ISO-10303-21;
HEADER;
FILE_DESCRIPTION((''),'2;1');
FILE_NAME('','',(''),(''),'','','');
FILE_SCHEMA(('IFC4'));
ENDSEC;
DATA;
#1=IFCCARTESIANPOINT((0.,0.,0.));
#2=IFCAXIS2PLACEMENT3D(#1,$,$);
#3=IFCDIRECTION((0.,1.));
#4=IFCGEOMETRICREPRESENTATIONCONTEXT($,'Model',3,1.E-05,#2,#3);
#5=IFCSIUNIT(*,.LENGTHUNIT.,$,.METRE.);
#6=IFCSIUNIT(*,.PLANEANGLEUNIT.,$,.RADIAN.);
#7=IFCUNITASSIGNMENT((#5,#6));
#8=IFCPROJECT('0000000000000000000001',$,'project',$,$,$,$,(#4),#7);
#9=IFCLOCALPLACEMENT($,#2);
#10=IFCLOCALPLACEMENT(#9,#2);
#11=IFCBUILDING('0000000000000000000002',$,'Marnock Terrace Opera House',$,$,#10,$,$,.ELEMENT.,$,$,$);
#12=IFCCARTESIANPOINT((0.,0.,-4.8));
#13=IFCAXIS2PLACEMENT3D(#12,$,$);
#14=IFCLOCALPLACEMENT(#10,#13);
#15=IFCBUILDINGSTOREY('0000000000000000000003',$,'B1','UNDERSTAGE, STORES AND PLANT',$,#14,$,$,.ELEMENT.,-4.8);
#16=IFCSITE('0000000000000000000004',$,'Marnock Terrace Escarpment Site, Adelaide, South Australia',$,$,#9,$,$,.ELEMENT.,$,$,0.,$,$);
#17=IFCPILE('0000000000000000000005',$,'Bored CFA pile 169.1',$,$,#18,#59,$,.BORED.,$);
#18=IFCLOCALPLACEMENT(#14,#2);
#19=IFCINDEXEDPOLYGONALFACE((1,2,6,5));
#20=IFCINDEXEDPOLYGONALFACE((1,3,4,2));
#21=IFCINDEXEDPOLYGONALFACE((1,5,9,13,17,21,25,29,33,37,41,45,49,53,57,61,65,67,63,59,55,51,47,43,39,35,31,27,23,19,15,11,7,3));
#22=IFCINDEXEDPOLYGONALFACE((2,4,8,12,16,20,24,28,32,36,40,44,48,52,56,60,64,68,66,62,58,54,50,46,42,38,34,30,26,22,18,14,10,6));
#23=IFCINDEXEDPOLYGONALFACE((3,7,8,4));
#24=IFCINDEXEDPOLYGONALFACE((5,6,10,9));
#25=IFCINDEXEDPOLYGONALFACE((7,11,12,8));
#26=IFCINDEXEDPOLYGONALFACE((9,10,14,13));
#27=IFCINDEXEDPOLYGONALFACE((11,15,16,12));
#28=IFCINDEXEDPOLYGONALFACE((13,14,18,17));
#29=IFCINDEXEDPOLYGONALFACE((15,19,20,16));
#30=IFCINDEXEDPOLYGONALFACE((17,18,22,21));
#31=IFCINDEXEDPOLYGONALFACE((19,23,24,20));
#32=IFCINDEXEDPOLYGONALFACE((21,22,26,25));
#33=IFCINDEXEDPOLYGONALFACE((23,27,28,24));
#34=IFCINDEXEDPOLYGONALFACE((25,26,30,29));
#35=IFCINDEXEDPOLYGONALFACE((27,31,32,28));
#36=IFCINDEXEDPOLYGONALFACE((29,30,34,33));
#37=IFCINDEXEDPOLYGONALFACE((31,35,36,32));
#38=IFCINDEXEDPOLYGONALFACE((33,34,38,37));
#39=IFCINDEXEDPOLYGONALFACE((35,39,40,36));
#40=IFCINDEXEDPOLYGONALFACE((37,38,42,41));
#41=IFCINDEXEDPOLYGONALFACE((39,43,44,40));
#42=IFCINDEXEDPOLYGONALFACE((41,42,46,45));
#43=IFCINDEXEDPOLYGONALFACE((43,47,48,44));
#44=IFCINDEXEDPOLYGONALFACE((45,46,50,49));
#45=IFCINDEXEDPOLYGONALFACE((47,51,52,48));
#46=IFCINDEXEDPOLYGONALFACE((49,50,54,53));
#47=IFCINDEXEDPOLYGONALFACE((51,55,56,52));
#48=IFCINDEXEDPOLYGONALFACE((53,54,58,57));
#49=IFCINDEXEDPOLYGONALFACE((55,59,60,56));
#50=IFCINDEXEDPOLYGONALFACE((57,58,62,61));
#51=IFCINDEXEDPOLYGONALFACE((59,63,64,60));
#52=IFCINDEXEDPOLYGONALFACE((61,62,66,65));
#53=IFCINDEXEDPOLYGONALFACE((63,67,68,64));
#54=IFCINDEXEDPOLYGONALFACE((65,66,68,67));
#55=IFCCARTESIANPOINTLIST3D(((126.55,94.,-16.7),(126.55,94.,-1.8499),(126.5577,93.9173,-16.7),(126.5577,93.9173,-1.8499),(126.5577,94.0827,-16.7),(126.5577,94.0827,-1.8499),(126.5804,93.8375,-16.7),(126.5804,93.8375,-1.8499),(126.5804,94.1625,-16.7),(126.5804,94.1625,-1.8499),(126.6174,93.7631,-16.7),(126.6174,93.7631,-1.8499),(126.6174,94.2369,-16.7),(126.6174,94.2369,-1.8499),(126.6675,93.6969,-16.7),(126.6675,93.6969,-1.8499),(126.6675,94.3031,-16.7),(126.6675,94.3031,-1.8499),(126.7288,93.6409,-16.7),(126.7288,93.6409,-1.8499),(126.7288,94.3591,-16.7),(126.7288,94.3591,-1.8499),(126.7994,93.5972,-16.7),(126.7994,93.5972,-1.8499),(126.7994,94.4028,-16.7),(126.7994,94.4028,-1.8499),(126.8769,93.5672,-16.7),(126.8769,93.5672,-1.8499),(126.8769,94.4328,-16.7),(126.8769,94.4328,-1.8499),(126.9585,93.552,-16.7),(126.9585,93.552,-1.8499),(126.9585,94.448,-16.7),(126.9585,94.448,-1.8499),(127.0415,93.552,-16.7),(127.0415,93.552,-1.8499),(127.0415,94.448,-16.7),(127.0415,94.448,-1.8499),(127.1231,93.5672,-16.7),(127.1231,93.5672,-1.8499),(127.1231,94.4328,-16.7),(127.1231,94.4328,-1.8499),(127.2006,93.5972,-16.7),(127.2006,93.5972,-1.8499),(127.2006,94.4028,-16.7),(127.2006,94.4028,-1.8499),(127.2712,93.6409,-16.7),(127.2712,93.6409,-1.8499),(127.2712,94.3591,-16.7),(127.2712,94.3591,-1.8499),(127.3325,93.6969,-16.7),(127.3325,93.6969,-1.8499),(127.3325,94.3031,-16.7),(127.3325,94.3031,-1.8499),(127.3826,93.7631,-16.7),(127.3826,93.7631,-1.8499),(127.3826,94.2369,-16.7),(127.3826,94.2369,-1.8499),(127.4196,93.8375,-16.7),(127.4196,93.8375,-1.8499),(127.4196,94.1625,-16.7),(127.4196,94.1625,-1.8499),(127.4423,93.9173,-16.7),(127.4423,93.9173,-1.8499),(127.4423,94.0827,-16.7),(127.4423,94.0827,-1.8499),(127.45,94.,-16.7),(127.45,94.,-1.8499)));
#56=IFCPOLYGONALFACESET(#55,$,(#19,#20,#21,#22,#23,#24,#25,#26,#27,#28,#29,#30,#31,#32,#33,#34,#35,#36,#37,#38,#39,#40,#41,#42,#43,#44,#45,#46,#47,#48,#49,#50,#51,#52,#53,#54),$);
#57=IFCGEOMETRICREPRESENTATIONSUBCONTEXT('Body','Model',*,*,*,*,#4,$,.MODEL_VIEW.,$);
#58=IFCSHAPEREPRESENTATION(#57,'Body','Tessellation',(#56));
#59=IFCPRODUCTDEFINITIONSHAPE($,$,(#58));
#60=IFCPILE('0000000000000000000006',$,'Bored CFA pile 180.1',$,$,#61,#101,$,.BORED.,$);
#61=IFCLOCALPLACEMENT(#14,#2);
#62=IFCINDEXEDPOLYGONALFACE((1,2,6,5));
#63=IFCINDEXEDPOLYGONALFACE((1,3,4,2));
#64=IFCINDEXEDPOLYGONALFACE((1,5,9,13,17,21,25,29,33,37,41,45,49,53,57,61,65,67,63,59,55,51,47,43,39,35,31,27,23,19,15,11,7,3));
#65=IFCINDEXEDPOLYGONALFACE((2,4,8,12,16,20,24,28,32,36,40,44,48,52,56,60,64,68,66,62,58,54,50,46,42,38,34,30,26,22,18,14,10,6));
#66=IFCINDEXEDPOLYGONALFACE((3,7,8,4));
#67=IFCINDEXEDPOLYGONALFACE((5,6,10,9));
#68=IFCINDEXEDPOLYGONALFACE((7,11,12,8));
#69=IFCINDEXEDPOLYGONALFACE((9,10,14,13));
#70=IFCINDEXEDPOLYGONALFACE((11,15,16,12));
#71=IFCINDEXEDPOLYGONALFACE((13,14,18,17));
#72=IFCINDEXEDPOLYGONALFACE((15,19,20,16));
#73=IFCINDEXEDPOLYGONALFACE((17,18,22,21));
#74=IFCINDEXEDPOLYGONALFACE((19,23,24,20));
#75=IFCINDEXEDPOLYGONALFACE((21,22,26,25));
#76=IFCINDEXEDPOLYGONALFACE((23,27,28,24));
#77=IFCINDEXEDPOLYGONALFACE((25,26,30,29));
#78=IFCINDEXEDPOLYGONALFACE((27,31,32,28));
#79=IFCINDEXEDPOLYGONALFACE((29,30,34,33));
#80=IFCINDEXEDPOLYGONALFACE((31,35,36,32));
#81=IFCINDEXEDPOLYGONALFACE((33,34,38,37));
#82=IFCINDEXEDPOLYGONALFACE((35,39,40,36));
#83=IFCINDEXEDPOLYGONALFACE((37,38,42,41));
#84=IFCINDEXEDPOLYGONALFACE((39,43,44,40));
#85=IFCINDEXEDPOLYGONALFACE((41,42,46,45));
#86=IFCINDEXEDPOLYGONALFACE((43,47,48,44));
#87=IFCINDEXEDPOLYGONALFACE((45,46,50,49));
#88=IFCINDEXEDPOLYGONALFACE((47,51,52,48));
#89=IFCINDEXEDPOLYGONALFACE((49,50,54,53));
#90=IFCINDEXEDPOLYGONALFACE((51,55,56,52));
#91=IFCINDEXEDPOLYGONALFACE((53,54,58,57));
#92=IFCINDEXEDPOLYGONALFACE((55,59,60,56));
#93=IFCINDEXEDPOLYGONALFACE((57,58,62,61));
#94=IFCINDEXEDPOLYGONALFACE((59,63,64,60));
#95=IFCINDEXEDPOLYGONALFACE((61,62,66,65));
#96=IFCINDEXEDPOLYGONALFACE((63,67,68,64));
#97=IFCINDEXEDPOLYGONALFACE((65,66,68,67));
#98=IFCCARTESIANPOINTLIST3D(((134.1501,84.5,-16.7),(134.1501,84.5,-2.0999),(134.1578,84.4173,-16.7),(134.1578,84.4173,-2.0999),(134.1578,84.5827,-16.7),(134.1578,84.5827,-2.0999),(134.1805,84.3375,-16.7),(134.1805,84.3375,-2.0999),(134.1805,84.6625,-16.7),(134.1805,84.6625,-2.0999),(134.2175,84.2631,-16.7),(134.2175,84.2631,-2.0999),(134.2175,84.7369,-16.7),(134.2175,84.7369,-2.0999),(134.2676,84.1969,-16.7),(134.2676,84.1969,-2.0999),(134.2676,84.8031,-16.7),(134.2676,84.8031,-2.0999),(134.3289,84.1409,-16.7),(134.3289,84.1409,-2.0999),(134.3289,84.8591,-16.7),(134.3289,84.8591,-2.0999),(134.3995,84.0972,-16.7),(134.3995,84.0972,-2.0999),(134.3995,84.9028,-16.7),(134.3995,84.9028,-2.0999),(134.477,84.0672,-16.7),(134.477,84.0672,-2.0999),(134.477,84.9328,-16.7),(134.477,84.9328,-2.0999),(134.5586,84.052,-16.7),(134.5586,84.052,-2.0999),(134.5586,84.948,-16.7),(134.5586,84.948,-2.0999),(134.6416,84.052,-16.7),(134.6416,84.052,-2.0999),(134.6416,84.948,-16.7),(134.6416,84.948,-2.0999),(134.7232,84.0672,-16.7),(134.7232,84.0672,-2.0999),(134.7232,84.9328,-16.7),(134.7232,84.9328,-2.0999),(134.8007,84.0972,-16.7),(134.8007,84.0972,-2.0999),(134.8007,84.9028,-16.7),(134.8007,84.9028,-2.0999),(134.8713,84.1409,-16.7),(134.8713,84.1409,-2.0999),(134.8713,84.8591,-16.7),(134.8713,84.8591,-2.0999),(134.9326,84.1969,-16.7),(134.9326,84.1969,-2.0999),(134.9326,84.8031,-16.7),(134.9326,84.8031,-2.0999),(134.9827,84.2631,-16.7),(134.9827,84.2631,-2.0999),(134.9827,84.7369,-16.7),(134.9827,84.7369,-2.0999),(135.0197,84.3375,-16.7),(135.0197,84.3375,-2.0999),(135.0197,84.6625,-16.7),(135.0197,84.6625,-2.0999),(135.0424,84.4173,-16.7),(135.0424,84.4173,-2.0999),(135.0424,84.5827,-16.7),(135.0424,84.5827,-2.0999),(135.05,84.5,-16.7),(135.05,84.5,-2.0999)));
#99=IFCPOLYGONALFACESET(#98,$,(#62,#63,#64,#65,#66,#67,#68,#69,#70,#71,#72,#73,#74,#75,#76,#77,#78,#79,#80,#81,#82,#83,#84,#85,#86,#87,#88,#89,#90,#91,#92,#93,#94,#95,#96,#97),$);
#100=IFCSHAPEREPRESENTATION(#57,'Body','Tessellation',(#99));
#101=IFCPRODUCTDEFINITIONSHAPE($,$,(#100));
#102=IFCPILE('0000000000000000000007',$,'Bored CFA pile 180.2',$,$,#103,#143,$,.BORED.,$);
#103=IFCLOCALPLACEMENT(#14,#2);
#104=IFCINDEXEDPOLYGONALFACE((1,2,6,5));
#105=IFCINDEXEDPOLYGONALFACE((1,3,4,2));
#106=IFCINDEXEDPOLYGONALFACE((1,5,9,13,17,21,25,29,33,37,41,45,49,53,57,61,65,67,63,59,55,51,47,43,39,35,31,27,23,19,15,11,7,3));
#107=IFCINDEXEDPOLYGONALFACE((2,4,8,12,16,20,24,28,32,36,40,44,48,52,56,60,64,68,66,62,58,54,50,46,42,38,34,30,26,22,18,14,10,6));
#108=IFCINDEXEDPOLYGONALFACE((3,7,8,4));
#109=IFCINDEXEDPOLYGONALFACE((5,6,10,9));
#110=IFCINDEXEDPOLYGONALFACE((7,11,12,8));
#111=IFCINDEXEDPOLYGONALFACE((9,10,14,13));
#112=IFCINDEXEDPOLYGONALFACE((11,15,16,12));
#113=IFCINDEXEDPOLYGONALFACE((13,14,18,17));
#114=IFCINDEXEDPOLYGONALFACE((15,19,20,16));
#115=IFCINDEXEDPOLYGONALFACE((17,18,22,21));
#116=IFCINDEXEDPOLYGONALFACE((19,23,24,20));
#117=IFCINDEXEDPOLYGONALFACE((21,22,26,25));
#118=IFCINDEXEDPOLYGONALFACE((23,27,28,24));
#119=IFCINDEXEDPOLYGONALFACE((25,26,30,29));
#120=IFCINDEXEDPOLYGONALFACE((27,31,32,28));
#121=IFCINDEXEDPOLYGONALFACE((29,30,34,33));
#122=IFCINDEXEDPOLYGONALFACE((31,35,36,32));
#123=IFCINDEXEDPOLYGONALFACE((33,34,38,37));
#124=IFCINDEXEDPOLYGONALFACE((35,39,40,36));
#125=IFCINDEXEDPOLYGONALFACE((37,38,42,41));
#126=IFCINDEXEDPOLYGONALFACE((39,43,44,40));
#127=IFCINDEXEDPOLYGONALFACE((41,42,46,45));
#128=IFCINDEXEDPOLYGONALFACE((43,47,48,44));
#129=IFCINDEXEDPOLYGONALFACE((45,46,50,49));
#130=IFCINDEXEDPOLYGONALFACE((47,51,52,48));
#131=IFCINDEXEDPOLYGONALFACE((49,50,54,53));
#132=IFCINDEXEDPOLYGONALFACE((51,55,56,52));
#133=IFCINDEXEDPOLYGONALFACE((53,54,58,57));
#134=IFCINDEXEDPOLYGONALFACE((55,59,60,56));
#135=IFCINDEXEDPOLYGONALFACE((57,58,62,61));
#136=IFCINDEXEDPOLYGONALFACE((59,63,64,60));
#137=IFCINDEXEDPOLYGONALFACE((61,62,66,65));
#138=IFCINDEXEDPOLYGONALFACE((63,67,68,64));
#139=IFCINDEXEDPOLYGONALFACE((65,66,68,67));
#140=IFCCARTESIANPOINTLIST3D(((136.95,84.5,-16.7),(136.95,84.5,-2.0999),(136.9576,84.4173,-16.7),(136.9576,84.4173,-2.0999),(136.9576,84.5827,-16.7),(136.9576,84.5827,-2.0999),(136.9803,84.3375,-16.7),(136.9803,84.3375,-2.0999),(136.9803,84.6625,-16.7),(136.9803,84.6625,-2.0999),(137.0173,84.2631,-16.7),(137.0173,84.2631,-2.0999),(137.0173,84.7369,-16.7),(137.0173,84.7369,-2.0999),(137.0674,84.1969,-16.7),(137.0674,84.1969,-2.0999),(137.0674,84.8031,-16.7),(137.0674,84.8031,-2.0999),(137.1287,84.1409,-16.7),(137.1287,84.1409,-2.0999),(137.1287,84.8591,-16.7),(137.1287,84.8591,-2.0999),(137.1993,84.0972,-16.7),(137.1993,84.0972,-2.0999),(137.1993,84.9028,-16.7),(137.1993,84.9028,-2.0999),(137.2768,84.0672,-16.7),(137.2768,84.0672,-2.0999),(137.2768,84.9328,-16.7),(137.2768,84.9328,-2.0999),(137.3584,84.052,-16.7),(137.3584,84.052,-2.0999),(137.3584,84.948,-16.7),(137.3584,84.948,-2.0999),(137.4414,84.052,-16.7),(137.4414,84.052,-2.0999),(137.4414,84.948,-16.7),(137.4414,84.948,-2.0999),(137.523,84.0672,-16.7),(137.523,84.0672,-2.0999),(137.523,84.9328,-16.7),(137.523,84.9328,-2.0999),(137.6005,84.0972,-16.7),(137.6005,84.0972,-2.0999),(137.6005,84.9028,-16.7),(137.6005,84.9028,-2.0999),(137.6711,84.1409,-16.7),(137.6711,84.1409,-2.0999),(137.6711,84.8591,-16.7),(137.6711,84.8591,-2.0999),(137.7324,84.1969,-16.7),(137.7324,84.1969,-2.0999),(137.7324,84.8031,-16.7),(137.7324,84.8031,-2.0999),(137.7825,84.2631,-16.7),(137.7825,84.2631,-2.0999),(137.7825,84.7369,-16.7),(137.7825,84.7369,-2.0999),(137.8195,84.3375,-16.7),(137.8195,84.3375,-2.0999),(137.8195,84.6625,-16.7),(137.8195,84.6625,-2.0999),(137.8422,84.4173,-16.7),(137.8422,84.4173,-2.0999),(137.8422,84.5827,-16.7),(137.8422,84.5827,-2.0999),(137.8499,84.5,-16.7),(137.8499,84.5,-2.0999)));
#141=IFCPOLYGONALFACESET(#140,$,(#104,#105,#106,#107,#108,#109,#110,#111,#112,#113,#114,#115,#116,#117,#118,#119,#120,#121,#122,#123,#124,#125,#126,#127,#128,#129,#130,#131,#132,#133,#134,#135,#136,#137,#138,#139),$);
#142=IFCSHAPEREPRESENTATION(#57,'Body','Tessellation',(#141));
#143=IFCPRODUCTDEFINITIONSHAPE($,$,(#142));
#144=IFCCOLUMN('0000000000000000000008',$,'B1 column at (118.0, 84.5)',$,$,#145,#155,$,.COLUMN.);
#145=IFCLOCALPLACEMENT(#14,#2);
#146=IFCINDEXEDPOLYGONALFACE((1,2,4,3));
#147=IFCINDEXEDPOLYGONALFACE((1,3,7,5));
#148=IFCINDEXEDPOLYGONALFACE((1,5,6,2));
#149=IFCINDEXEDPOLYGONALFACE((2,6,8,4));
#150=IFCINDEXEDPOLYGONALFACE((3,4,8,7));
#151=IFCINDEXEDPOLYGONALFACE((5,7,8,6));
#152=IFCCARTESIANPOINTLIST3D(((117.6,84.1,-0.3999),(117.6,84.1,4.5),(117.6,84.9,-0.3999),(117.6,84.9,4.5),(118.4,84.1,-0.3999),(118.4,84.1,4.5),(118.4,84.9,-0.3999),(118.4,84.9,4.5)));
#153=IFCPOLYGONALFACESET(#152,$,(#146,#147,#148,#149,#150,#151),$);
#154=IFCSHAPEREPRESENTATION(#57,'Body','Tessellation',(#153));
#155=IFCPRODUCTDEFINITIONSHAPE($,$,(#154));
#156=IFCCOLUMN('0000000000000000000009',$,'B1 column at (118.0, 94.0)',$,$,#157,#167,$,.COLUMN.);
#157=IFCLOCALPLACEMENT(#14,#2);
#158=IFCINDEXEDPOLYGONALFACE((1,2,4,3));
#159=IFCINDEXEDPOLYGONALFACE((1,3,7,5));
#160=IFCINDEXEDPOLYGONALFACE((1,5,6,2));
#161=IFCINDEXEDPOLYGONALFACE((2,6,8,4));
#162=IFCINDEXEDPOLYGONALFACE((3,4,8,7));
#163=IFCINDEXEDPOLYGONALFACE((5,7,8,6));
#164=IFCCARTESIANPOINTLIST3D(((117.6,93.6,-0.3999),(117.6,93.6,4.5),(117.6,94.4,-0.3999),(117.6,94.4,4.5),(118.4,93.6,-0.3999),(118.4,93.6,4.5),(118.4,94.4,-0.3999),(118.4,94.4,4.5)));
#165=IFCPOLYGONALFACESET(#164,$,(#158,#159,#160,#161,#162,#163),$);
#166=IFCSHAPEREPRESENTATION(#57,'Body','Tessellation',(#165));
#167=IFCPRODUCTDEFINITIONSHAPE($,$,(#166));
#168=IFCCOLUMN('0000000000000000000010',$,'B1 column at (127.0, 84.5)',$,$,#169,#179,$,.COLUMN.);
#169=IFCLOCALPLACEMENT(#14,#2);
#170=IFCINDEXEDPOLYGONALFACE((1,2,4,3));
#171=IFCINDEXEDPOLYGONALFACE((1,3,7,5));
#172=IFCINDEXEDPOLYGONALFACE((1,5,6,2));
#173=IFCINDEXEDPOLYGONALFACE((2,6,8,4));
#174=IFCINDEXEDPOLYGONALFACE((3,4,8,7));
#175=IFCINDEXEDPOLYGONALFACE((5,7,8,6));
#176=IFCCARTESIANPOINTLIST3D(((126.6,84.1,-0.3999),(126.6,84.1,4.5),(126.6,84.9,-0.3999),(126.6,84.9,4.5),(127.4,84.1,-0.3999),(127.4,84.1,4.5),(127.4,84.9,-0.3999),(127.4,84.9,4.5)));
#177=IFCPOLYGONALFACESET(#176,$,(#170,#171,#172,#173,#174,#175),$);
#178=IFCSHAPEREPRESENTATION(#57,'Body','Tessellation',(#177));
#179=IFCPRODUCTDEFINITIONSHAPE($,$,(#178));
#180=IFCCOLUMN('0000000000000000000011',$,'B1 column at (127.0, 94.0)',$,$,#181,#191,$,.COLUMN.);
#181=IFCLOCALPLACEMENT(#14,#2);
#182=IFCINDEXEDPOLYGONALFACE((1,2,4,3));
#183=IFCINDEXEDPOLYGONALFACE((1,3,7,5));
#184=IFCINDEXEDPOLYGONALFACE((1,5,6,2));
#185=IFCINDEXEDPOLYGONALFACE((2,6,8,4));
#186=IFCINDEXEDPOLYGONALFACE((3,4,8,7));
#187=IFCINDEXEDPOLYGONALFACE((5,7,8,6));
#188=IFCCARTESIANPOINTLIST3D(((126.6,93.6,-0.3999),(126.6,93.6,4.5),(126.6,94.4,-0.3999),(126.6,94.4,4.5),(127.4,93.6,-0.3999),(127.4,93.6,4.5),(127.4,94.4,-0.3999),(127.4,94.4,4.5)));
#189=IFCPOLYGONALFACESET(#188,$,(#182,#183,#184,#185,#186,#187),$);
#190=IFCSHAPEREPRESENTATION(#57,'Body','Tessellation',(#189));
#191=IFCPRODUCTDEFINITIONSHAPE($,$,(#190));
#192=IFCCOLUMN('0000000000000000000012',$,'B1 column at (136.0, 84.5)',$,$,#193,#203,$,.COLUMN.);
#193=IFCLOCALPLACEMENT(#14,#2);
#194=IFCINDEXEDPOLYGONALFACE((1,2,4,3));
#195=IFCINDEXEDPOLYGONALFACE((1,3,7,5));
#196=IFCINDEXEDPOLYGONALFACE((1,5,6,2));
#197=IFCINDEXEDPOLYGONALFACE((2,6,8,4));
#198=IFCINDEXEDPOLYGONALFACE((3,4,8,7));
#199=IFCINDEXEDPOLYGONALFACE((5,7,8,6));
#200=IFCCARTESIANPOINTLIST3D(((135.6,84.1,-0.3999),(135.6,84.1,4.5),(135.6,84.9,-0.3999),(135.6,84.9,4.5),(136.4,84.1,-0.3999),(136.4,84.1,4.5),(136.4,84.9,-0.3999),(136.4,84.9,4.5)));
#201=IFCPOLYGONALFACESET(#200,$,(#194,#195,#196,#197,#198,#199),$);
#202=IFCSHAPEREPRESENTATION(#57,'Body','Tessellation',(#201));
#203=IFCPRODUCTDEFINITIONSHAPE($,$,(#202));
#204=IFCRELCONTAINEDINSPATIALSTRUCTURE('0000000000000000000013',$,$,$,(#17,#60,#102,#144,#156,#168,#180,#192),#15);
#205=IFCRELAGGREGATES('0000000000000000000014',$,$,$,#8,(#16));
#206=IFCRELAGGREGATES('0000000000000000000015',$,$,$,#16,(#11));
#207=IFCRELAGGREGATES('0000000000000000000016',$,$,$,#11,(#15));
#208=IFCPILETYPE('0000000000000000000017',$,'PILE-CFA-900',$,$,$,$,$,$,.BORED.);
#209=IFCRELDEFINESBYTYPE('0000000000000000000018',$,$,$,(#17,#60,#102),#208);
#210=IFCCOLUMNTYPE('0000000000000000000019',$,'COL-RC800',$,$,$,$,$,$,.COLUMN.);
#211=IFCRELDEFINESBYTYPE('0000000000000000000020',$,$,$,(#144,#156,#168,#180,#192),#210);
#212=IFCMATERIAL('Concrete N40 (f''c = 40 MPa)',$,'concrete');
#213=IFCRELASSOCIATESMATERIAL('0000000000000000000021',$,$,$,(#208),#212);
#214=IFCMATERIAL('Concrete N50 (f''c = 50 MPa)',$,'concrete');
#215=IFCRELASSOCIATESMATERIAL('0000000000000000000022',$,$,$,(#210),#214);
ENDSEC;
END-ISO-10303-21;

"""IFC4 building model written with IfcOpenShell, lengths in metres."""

from ifc_helpers import new_model, si_unit, direction, frame, origin, origin_2d, place, context, subcontext, project, spatial, rectangle, circle, extrude, material, material_profile, profile_set, type_object, element, save


model = new_model("IFC4")

# Units and contexts
model_context = context("Model", 3, precision=1e-05, world=origin(), true_north=direction((0.0, 1.0)))
body_context = subcontext(model_context, "Body", "Model", "MODEL_VIEW")
ifc_project = project(units=[si_unit("LENGTHUNIT", "METRE"), si_unit("PLANEANGLEUNIT", "RADIAN")], contexts=[model_context])

# Site, building, storey
site_placement = place(None, origin())
site = spatial("IfcSite", under=ifc_project, at=site_placement, Name="Marnock Terrace Escarpment Site, Adelaide, South Australia", CompositionType="ELEMENT", RefElevation=0.0)
building_placement = place(site_placement, origin())
building = spatial("IfcBuilding", under=site, at=building_placement, Name="Marnock Terrace Opera House", CompositionType="ELEMENT")
storey_placement = place(building_placement, frame((0.0, 0.0, -4.8)))
storey = spatial("IfcBuildingStorey", under=building, at=storey_placement, Name="B1", Description="UNDERSTAGE, STORES AND PLANT", CompositionType="ELEMENT", Elevation=-4.8)

# Shared definitions
ifc_material_1 = material(Name="Concrete N40 (f'c = 40 MPa)", Category="concrete")

# Piles
ifc_material_profile_1 = material_profile(ifc_material_1, circle(Radius=0.45, at=origin_2d()))
ifc_profile_set_1 = profile_set([ifc_material_profile_1], Name="Concrete N40 (f'c = 40 MPa)")
pile_type = type_object("IfcPileType", Name="PILE-CFA-900", PredefinedType="BORED", material=ifc_profile_set_1)
pile_1_placement = place(storey_placement, frame((127.0, 94.0, -1.8499), z_axis=(0.0, 0.0, -1.0), x_axis=(1.0, 0.0, 0.0)))
element("IfcPile", 1, at=pile_1_placement, inside=storey, type_object=pile_type, Name="Bored CFA pile 169.1", PredefinedType="BORED", context=body_context, shape_type="SweptSolid", body=[
    extrude(circle(Radius=0.45, at=origin_2d()), origin(), (0.0, 0.0, 1.0), 14.8501),
])
for number, where, z_axis, x_axis, name in (
    (2, (134.6001, 84.5, -2.0999), (0.0, 0.0, -1.0), (1.0, 0.0, 0.0), "Bored CFA pile 180.1"),
    (3, (137.3999, 84.5, -2.0999), (0.0, 0.0, -1.0), (1.0, 0.0, 0.0), "Bored CFA pile 180.2"),
):
    element("IfcPile", number, at=place(storey_placement, frame(where, z_axis=z_axis, x_axis=x_axis)), inside=storey, type_object=pile_type, Name=name, PredefinedType="BORED", context=body_context, shape_type="SweptSolid", body=[
        extrude(circle(Radius=0.45, at=origin_2d()), origin(), (0.0, 0.0, 1.0), 14.6001),
    ])

# Columns
ifc_material_2 = material(Name="Concrete N50 (f'c = 50 MPa)", Category="concrete")
ifc_material_profile_2 = material_profile(ifc_material_2, rectangle(XDim=0.8, YDim=0.8, at=origin_2d()))
ifc_profile_set_2 = profile_set([ifc_material_profile_2], Name="Concrete N50 (f'c = 50 MPa)")
column_type = type_object("IfcColumnType", Name="COL-RC800", PredefinedType="COLUMN", material=ifc_profile_set_2)
for number, where, z_axis, x_axis, name in (
    (4, (118.0, 84.5, -0.3999), (0.0, 0.0, 1.0), (1.0, 0.0, 0.0), "B1 column at (118.0, 84.5)"),
    (5, (118.0, 94.0, -0.3999), (0.0, 0.0, 1.0), (1.0, 0.0, 0.0), "B1 column at (118.0, 94.0)"),
    (6, (127.0, 84.5, -0.3999), (0.0, 0.0, 1.0), (1.0, 0.0, 0.0), "B1 column at (127.0, 84.5)"),
    (7, (127.0, 94.0, -0.3999), (0.0, 0.0, 1.0), (1.0, 0.0, 0.0), "B1 column at (127.0, 94.0)"),
    (8, (136.0, 84.5, -0.3999), (0.0, 0.0, 1.0), (1.0, 0.0, 0.0), "B1 column at (136.0, 84.5)"),
):
    element("IfcColumn", number, at=place(storey_placement, frame(where, z_axis=z_axis, x_axis=x_axis)), inside=storey, type_object=column_type, Name=name, PredefinedType="COLUMN", context=body_context, shape_type="SweptSolid", body=[
        extrude(rectangle(XDim=0.8, YDim=0.8, at=origin_2d()), origin(), (0.0, 0.0, 1.0), 4.8999),
    ])

save(model, "model.ifc")
